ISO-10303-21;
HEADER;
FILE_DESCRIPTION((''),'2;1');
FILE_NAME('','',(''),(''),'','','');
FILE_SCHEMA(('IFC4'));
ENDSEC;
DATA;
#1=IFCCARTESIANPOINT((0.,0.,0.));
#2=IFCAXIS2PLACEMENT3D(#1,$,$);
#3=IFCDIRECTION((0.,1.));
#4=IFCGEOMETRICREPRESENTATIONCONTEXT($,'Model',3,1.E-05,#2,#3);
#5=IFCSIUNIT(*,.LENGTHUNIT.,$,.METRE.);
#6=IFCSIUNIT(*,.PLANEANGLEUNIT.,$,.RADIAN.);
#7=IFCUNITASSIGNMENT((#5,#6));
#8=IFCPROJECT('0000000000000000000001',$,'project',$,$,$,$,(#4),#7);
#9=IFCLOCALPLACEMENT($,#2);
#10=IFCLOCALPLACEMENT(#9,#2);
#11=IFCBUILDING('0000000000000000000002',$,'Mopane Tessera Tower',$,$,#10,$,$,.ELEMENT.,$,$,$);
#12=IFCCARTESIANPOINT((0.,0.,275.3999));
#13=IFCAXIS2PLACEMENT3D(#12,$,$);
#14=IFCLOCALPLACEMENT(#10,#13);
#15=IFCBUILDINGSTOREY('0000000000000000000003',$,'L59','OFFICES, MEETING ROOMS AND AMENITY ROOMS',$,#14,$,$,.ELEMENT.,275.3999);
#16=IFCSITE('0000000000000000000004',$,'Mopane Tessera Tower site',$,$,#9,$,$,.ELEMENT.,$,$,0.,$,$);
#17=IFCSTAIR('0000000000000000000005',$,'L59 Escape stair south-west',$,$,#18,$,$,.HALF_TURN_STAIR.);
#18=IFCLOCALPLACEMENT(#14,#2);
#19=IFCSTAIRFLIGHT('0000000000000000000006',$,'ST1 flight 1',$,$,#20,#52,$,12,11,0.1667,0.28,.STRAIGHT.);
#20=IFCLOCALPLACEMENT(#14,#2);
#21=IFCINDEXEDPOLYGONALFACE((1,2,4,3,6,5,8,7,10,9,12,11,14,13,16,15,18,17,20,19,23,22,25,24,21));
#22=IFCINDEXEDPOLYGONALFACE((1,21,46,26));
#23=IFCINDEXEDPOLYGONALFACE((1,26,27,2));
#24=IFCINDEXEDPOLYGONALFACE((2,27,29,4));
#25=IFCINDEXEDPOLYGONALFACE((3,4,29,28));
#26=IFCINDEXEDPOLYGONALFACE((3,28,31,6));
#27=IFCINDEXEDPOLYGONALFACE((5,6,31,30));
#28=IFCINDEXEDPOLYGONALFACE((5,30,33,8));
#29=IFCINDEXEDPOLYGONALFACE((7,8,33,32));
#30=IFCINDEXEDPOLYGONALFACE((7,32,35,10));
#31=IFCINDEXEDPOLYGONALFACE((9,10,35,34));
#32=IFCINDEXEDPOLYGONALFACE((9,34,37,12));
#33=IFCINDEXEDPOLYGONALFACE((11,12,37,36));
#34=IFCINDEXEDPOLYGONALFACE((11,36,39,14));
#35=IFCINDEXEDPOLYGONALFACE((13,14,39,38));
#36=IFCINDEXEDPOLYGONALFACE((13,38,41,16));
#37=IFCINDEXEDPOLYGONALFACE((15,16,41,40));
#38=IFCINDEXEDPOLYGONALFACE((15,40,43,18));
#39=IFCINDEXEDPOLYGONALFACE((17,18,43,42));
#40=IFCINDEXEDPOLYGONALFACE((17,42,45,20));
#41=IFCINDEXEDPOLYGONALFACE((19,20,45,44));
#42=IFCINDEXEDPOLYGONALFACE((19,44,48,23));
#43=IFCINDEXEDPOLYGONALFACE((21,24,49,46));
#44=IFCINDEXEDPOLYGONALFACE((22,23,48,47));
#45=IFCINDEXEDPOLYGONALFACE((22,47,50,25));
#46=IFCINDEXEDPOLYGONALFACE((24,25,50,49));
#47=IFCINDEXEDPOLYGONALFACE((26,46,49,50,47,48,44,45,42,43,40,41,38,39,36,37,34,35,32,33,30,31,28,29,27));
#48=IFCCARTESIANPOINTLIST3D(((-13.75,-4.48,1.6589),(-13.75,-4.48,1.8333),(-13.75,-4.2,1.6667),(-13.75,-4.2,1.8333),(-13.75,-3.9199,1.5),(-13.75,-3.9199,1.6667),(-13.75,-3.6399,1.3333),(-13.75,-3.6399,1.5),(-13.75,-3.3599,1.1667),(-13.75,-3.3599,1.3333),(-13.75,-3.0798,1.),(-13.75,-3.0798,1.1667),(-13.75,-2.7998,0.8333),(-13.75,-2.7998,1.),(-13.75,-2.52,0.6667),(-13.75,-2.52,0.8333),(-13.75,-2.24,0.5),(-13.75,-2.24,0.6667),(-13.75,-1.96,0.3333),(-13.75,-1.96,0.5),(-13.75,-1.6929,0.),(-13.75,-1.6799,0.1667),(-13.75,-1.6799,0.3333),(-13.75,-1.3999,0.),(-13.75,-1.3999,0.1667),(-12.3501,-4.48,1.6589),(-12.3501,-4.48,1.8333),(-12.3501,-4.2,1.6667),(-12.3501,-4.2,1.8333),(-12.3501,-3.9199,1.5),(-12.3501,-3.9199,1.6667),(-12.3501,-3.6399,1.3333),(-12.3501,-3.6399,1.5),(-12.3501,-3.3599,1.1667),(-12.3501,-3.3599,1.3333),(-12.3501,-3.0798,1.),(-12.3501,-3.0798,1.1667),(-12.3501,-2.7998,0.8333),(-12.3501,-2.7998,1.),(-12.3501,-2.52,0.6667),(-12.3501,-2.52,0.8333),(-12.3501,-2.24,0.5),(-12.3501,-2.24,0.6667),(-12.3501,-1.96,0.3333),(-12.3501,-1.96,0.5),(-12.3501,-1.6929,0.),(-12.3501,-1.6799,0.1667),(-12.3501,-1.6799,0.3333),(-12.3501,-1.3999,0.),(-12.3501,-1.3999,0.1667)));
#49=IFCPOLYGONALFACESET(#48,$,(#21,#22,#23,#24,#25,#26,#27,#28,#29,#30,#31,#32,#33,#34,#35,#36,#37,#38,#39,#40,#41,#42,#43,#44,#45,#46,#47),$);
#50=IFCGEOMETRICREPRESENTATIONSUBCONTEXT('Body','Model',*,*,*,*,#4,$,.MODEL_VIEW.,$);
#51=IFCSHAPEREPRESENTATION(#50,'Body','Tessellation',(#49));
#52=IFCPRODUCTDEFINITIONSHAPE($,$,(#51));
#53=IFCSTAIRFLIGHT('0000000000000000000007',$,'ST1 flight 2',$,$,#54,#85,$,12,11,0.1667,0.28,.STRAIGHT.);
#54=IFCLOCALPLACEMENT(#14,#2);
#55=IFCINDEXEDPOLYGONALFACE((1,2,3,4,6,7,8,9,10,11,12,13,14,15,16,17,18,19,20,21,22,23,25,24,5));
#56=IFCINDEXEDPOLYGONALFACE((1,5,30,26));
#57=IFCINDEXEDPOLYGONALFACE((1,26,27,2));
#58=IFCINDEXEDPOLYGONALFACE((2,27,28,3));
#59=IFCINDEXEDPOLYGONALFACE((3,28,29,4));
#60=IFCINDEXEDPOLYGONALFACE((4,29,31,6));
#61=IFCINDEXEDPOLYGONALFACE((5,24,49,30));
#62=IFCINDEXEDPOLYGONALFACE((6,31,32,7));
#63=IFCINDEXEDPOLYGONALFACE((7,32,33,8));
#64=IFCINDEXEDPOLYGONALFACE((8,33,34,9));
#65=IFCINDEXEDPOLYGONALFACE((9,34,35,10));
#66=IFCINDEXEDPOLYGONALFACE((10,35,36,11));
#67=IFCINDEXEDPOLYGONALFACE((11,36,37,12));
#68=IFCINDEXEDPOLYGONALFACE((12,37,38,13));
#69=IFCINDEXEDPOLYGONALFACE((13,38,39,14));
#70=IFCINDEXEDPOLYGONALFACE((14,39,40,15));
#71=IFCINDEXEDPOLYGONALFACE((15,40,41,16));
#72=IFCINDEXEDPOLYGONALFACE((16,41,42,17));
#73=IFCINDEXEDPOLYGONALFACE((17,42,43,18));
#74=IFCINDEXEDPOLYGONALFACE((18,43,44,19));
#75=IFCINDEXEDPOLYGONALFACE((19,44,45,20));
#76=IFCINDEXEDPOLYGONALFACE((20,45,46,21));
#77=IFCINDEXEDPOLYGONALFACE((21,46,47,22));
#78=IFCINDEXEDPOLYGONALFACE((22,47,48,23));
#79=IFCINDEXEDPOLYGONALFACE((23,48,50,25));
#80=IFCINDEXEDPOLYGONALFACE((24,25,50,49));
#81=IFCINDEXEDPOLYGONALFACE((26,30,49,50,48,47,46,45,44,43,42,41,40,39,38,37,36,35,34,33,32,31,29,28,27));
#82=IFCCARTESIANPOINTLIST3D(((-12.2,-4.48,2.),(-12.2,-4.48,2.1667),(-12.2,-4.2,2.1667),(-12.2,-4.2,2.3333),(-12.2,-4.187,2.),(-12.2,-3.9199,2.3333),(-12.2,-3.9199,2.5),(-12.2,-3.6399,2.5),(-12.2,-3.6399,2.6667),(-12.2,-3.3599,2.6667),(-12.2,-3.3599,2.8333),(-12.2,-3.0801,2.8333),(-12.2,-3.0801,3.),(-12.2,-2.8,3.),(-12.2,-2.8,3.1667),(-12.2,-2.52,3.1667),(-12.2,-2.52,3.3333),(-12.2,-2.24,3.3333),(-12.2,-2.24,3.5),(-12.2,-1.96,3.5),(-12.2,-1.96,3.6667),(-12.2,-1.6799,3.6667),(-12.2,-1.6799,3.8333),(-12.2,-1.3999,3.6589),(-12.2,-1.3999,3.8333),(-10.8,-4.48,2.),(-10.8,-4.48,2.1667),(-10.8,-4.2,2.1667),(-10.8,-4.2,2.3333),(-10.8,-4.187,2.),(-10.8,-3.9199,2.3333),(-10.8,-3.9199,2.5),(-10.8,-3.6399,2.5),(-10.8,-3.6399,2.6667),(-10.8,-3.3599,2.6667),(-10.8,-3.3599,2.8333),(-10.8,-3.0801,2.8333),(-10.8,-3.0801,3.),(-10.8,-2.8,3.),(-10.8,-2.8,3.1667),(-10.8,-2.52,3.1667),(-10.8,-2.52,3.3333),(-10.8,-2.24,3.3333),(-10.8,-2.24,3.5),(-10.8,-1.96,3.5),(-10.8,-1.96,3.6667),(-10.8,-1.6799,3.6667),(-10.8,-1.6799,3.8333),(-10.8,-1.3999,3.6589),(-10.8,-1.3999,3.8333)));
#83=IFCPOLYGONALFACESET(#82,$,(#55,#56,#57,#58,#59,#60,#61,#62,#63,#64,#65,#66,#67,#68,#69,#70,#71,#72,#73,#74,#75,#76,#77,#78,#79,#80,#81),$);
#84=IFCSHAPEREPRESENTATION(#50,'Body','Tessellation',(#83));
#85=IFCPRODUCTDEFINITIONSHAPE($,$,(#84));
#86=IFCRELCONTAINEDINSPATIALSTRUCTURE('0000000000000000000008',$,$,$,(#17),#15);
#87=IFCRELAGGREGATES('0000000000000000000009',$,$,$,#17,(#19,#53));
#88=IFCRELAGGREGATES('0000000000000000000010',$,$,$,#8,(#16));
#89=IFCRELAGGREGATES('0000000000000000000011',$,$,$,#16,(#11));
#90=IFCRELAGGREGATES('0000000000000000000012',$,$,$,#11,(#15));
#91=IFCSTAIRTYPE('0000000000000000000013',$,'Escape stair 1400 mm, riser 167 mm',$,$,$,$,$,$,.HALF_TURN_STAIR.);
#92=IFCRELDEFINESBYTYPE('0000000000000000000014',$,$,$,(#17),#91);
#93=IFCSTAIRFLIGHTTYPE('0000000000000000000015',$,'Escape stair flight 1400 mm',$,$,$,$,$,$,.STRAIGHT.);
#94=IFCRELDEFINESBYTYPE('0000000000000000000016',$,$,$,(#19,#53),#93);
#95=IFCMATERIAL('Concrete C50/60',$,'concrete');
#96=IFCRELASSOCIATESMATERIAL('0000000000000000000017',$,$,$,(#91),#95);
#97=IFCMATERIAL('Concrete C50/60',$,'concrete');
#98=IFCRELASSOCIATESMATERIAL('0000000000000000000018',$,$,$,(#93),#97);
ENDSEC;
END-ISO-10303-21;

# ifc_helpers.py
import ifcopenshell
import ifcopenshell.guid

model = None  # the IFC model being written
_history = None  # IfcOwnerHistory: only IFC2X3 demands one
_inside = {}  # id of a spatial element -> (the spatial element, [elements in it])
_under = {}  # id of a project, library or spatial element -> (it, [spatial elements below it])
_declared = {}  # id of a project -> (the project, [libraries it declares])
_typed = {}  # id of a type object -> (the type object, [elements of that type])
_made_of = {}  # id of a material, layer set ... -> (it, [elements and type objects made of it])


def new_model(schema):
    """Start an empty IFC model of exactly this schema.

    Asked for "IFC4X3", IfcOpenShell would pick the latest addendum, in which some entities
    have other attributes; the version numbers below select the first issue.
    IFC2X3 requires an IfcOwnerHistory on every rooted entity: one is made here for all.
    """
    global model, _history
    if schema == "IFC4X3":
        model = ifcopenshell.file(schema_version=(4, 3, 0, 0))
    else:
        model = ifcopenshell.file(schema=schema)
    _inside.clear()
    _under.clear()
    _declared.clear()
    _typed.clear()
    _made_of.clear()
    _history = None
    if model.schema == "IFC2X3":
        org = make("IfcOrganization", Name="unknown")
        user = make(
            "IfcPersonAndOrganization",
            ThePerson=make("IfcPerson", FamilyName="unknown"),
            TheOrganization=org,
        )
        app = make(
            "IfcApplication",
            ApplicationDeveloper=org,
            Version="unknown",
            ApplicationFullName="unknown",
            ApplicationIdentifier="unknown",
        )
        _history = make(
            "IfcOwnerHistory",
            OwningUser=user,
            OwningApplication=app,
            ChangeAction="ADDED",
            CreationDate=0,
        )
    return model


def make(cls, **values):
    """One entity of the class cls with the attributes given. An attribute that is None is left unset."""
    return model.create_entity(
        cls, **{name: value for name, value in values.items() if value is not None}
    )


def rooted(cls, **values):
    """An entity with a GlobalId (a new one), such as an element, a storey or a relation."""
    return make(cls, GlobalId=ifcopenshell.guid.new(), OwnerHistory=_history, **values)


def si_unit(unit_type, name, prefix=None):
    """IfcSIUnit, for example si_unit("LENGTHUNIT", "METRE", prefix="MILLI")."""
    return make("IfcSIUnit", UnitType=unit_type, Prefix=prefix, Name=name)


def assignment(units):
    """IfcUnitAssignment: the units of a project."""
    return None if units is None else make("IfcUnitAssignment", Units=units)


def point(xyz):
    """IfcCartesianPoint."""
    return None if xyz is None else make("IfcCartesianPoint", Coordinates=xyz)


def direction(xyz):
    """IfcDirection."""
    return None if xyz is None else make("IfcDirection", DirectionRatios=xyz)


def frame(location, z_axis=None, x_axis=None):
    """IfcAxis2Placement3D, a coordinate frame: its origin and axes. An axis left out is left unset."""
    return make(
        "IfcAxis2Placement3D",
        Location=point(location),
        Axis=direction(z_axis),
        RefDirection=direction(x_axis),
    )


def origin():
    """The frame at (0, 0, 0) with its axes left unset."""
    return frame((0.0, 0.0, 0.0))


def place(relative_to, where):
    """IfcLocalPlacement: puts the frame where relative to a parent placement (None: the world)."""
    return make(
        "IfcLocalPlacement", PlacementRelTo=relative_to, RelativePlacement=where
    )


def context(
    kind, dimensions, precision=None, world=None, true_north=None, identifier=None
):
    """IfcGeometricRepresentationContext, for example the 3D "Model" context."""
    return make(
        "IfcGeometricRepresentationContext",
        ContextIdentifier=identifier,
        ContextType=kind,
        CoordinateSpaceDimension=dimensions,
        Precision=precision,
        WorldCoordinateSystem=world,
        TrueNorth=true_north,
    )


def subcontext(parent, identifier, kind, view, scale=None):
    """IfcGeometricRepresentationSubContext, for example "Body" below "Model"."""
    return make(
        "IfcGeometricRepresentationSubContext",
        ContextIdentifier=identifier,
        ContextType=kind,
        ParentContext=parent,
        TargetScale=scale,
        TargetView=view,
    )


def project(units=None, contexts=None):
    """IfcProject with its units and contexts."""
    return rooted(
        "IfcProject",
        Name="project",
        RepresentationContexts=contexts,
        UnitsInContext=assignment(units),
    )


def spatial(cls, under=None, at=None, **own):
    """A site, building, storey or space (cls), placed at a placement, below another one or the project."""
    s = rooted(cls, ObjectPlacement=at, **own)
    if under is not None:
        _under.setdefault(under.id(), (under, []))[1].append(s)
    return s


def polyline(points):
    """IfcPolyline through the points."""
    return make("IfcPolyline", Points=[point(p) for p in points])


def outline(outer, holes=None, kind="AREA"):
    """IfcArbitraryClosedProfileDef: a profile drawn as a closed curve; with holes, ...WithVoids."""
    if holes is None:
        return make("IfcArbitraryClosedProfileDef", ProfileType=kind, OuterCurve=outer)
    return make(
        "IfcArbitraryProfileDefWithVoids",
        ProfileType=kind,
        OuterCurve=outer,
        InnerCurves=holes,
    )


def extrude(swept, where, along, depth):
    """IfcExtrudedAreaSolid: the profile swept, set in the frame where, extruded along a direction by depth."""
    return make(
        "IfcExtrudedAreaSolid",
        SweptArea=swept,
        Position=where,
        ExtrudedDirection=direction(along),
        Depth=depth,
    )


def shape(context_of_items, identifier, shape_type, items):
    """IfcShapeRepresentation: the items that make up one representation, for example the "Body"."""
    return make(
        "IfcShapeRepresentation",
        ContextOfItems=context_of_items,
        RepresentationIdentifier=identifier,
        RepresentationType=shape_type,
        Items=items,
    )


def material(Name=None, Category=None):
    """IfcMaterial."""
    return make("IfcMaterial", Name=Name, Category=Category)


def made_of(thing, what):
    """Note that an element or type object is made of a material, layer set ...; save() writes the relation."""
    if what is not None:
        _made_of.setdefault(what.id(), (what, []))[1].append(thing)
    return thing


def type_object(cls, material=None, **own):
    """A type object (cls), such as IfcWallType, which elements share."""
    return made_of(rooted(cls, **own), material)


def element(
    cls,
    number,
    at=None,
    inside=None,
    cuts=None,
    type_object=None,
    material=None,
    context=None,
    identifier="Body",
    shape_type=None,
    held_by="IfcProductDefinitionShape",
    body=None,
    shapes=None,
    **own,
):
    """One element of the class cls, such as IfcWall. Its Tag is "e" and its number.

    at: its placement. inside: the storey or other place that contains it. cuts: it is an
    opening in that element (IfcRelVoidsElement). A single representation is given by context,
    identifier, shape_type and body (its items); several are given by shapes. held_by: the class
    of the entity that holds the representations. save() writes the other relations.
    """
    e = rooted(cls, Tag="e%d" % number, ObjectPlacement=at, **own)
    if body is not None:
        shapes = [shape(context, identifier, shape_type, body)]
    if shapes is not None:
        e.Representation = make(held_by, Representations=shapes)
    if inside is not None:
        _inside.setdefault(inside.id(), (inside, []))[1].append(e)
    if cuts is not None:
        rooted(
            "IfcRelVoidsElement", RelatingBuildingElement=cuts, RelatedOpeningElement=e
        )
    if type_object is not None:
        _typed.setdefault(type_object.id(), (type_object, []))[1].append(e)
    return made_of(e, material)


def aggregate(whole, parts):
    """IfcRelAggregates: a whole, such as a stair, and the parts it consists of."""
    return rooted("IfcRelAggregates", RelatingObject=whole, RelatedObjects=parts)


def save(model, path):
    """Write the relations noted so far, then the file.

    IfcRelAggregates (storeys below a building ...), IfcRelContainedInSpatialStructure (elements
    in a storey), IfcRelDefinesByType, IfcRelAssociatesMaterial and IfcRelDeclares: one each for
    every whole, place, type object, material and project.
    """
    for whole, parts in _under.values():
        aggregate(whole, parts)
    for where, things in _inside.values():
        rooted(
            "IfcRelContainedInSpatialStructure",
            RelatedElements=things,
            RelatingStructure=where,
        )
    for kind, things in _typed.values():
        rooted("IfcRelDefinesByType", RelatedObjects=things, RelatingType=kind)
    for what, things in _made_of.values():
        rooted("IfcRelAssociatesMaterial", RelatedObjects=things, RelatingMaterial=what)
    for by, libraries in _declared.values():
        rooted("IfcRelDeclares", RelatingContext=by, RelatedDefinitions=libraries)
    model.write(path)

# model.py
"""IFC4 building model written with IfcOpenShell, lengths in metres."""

from ifc_helpers import new_model, si_unit, direction, frame, origin, place, context, subcontext, project, spatial, polyline, outline, extrude, material, type_object, element, aggregate, save


model = new_model("IFC4")

# Units and contexts
model_context = context("Model", 3, precision=1e-05, world=origin(), true_north=direction((0.0, 1.0)))
body_context = subcontext(model_context, "Body", "Model", "MODEL_VIEW")
ifc_project = project(units=[si_unit("LENGTHUNIT", "METRE"), si_unit("PLANEANGLEUNIT", "RADIAN")], contexts=[model_context])

# Site, building, storey
site_placement = place(None, origin())
site = spatial("IfcSite", under=ifc_project, at=site_placement, Name="Mopane Tessera Tower site", CompositionType="ELEMENT", RefElevation=0.0)
building_placement = place(site_placement, origin())
building = spatial("IfcBuilding", under=site, at=building_placement, Name="Mopane Tessera Tower", CompositionType="ELEMENT")
storey_placement = place(building_placement, frame((0.0, 0.0, 275.3999)))
storey = spatial("IfcBuildingStorey", under=building, at=storey_placement, Name="L59", Description="OFFICES, MEETING ROOMS AND AMENITY ROOMS", CompositionType="ELEMENT", Elevation=275.3999)

# Stair, stair flights
ifc_material_1 = material(Name="Concrete C50/60", Category="concrete")
stair_type = type_object("IfcStairType", Name="Escape stair 1400 mm, riser 167 mm", PredefinedType="HALF_TURN_STAIR", material=ifc_material_1)
stair_placement = place(storey_placement, origin())
stair = element("IfcStair", 1, at=stair_placement, inside=storey, type_object=stair_type, Name="L59 Escape stair south-west", PredefinedType="HALF_TURN_STAIR")
ifc_material_2 = material(Name="Concrete C50/60", Category="concrete")
stair_flight_type = type_object("IfcStairFlightType", Name="Escape stair flight 1400 mm", PredefinedType="STRAIGHT", material=ifc_material_2)
stair_flight_1_placement = place(storey_placement, frame((-13.05, -1.3999, 0.0), z_axis=(0.0, 0.0, 1.0), x_axis=(0.0, -1.0, 0.0)))
stair_flight_1 = element("IfcStairFlight", 2, at=stair_flight_1_placement, type_object=stair_flight_type, Name="ST1 flight 1", NumberOfRisers=12, NumberOfTreads=11, PredefinedType="STRAIGHT", RiserHeight=0.1667, TreadLength=0.28, context=body_context, shape_type="SweptSolid", body=[
    extrude(outline(polyline([(0.0, 0.0), (0.0, 0.1667), (0.28, 0.1667), (0.28, 0.3333), (0.5601, 0.3333), (0.5601, 0.5), (0.8401, 0.5), (0.8401, 0.6667), (1.1201, 0.6667), (1.1201, 0.8333), (1.3999, 0.8333), (1.3999, 1.0), (1.6799, 1.0), (1.6799, 1.1667), (1.96, 1.1667), (1.96, 1.3333), (2.24, 1.3333), (2.24, 1.5), (2.52, 1.5), (2.52, 1.6667), (2.8, 1.6667), (2.8, 1.8333), (3.0801, 1.8333), (3.0801, 2.0), (3.0801, 1.6589), (0.293, 0.0), (0.0, 0.0)])), frame((0.0, 0.7, 0.0), z_axis=(0.0, -1.0, 0.0), x_axis=(1.0, 0.0, 0.0)), (0.0, 0.0, 1.0), 1.3999),
])
stair_flight_2_placement = place(storey_placement, frame((-11.5, -4.48, 2.0), z_axis=(0.0, 0.0, 1.0), x_axis=(0.0, 1.0, 0.0)))
stair_flight_2 = element("IfcStairFlight", 3, at=stair_flight_2_placement, type_object=stair_flight_type, Name="ST1 flight 2", NumberOfRisers=12, NumberOfTreads=11, PredefinedType="STRAIGHT", RiserHeight=0.1667, TreadLength=0.28, context=body_context, shape_type="SweptSolid", body=[
    extrude(outline(polyline([(0.0, 0.0), (0.0, 0.1667), (0.28, 0.1667), (0.28, 0.3333), (0.5601, 0.3333), (0.5601, 0.5), (0.8401, 0.5), (0.8401, 0.6667), (1.1201, 0.6667), (1.1201, 0.8333), (1.3999, 0.8333), (1.3999, 1.0), (1.6799, 1.0), (1.6799, 1.1667), (1.96, 1.1667), (1.96, 1.3333), (2.24, 1.3333), (2.24, 1.5), (2.52, 1.5), (2.52, 1.6667), (2.8, 1.6667), (2.8, 1.8333), (3.0801, 1.8333), (3.0801, 2.0), (3.0801, 1.6589), (0.293, 0.0), (0.0, 0.0)])), frame((0.0, 0.7, 0.0), z_axis=(0.0, -1.0, 0.0), x_axis=(1.0, 0.0, 0.0)), (0.0, 0.0, 1.0), 1.3999),
])
aggregate(stair, [stair_flight_1, stair_flight_2])

save(model, "model.ifc")
